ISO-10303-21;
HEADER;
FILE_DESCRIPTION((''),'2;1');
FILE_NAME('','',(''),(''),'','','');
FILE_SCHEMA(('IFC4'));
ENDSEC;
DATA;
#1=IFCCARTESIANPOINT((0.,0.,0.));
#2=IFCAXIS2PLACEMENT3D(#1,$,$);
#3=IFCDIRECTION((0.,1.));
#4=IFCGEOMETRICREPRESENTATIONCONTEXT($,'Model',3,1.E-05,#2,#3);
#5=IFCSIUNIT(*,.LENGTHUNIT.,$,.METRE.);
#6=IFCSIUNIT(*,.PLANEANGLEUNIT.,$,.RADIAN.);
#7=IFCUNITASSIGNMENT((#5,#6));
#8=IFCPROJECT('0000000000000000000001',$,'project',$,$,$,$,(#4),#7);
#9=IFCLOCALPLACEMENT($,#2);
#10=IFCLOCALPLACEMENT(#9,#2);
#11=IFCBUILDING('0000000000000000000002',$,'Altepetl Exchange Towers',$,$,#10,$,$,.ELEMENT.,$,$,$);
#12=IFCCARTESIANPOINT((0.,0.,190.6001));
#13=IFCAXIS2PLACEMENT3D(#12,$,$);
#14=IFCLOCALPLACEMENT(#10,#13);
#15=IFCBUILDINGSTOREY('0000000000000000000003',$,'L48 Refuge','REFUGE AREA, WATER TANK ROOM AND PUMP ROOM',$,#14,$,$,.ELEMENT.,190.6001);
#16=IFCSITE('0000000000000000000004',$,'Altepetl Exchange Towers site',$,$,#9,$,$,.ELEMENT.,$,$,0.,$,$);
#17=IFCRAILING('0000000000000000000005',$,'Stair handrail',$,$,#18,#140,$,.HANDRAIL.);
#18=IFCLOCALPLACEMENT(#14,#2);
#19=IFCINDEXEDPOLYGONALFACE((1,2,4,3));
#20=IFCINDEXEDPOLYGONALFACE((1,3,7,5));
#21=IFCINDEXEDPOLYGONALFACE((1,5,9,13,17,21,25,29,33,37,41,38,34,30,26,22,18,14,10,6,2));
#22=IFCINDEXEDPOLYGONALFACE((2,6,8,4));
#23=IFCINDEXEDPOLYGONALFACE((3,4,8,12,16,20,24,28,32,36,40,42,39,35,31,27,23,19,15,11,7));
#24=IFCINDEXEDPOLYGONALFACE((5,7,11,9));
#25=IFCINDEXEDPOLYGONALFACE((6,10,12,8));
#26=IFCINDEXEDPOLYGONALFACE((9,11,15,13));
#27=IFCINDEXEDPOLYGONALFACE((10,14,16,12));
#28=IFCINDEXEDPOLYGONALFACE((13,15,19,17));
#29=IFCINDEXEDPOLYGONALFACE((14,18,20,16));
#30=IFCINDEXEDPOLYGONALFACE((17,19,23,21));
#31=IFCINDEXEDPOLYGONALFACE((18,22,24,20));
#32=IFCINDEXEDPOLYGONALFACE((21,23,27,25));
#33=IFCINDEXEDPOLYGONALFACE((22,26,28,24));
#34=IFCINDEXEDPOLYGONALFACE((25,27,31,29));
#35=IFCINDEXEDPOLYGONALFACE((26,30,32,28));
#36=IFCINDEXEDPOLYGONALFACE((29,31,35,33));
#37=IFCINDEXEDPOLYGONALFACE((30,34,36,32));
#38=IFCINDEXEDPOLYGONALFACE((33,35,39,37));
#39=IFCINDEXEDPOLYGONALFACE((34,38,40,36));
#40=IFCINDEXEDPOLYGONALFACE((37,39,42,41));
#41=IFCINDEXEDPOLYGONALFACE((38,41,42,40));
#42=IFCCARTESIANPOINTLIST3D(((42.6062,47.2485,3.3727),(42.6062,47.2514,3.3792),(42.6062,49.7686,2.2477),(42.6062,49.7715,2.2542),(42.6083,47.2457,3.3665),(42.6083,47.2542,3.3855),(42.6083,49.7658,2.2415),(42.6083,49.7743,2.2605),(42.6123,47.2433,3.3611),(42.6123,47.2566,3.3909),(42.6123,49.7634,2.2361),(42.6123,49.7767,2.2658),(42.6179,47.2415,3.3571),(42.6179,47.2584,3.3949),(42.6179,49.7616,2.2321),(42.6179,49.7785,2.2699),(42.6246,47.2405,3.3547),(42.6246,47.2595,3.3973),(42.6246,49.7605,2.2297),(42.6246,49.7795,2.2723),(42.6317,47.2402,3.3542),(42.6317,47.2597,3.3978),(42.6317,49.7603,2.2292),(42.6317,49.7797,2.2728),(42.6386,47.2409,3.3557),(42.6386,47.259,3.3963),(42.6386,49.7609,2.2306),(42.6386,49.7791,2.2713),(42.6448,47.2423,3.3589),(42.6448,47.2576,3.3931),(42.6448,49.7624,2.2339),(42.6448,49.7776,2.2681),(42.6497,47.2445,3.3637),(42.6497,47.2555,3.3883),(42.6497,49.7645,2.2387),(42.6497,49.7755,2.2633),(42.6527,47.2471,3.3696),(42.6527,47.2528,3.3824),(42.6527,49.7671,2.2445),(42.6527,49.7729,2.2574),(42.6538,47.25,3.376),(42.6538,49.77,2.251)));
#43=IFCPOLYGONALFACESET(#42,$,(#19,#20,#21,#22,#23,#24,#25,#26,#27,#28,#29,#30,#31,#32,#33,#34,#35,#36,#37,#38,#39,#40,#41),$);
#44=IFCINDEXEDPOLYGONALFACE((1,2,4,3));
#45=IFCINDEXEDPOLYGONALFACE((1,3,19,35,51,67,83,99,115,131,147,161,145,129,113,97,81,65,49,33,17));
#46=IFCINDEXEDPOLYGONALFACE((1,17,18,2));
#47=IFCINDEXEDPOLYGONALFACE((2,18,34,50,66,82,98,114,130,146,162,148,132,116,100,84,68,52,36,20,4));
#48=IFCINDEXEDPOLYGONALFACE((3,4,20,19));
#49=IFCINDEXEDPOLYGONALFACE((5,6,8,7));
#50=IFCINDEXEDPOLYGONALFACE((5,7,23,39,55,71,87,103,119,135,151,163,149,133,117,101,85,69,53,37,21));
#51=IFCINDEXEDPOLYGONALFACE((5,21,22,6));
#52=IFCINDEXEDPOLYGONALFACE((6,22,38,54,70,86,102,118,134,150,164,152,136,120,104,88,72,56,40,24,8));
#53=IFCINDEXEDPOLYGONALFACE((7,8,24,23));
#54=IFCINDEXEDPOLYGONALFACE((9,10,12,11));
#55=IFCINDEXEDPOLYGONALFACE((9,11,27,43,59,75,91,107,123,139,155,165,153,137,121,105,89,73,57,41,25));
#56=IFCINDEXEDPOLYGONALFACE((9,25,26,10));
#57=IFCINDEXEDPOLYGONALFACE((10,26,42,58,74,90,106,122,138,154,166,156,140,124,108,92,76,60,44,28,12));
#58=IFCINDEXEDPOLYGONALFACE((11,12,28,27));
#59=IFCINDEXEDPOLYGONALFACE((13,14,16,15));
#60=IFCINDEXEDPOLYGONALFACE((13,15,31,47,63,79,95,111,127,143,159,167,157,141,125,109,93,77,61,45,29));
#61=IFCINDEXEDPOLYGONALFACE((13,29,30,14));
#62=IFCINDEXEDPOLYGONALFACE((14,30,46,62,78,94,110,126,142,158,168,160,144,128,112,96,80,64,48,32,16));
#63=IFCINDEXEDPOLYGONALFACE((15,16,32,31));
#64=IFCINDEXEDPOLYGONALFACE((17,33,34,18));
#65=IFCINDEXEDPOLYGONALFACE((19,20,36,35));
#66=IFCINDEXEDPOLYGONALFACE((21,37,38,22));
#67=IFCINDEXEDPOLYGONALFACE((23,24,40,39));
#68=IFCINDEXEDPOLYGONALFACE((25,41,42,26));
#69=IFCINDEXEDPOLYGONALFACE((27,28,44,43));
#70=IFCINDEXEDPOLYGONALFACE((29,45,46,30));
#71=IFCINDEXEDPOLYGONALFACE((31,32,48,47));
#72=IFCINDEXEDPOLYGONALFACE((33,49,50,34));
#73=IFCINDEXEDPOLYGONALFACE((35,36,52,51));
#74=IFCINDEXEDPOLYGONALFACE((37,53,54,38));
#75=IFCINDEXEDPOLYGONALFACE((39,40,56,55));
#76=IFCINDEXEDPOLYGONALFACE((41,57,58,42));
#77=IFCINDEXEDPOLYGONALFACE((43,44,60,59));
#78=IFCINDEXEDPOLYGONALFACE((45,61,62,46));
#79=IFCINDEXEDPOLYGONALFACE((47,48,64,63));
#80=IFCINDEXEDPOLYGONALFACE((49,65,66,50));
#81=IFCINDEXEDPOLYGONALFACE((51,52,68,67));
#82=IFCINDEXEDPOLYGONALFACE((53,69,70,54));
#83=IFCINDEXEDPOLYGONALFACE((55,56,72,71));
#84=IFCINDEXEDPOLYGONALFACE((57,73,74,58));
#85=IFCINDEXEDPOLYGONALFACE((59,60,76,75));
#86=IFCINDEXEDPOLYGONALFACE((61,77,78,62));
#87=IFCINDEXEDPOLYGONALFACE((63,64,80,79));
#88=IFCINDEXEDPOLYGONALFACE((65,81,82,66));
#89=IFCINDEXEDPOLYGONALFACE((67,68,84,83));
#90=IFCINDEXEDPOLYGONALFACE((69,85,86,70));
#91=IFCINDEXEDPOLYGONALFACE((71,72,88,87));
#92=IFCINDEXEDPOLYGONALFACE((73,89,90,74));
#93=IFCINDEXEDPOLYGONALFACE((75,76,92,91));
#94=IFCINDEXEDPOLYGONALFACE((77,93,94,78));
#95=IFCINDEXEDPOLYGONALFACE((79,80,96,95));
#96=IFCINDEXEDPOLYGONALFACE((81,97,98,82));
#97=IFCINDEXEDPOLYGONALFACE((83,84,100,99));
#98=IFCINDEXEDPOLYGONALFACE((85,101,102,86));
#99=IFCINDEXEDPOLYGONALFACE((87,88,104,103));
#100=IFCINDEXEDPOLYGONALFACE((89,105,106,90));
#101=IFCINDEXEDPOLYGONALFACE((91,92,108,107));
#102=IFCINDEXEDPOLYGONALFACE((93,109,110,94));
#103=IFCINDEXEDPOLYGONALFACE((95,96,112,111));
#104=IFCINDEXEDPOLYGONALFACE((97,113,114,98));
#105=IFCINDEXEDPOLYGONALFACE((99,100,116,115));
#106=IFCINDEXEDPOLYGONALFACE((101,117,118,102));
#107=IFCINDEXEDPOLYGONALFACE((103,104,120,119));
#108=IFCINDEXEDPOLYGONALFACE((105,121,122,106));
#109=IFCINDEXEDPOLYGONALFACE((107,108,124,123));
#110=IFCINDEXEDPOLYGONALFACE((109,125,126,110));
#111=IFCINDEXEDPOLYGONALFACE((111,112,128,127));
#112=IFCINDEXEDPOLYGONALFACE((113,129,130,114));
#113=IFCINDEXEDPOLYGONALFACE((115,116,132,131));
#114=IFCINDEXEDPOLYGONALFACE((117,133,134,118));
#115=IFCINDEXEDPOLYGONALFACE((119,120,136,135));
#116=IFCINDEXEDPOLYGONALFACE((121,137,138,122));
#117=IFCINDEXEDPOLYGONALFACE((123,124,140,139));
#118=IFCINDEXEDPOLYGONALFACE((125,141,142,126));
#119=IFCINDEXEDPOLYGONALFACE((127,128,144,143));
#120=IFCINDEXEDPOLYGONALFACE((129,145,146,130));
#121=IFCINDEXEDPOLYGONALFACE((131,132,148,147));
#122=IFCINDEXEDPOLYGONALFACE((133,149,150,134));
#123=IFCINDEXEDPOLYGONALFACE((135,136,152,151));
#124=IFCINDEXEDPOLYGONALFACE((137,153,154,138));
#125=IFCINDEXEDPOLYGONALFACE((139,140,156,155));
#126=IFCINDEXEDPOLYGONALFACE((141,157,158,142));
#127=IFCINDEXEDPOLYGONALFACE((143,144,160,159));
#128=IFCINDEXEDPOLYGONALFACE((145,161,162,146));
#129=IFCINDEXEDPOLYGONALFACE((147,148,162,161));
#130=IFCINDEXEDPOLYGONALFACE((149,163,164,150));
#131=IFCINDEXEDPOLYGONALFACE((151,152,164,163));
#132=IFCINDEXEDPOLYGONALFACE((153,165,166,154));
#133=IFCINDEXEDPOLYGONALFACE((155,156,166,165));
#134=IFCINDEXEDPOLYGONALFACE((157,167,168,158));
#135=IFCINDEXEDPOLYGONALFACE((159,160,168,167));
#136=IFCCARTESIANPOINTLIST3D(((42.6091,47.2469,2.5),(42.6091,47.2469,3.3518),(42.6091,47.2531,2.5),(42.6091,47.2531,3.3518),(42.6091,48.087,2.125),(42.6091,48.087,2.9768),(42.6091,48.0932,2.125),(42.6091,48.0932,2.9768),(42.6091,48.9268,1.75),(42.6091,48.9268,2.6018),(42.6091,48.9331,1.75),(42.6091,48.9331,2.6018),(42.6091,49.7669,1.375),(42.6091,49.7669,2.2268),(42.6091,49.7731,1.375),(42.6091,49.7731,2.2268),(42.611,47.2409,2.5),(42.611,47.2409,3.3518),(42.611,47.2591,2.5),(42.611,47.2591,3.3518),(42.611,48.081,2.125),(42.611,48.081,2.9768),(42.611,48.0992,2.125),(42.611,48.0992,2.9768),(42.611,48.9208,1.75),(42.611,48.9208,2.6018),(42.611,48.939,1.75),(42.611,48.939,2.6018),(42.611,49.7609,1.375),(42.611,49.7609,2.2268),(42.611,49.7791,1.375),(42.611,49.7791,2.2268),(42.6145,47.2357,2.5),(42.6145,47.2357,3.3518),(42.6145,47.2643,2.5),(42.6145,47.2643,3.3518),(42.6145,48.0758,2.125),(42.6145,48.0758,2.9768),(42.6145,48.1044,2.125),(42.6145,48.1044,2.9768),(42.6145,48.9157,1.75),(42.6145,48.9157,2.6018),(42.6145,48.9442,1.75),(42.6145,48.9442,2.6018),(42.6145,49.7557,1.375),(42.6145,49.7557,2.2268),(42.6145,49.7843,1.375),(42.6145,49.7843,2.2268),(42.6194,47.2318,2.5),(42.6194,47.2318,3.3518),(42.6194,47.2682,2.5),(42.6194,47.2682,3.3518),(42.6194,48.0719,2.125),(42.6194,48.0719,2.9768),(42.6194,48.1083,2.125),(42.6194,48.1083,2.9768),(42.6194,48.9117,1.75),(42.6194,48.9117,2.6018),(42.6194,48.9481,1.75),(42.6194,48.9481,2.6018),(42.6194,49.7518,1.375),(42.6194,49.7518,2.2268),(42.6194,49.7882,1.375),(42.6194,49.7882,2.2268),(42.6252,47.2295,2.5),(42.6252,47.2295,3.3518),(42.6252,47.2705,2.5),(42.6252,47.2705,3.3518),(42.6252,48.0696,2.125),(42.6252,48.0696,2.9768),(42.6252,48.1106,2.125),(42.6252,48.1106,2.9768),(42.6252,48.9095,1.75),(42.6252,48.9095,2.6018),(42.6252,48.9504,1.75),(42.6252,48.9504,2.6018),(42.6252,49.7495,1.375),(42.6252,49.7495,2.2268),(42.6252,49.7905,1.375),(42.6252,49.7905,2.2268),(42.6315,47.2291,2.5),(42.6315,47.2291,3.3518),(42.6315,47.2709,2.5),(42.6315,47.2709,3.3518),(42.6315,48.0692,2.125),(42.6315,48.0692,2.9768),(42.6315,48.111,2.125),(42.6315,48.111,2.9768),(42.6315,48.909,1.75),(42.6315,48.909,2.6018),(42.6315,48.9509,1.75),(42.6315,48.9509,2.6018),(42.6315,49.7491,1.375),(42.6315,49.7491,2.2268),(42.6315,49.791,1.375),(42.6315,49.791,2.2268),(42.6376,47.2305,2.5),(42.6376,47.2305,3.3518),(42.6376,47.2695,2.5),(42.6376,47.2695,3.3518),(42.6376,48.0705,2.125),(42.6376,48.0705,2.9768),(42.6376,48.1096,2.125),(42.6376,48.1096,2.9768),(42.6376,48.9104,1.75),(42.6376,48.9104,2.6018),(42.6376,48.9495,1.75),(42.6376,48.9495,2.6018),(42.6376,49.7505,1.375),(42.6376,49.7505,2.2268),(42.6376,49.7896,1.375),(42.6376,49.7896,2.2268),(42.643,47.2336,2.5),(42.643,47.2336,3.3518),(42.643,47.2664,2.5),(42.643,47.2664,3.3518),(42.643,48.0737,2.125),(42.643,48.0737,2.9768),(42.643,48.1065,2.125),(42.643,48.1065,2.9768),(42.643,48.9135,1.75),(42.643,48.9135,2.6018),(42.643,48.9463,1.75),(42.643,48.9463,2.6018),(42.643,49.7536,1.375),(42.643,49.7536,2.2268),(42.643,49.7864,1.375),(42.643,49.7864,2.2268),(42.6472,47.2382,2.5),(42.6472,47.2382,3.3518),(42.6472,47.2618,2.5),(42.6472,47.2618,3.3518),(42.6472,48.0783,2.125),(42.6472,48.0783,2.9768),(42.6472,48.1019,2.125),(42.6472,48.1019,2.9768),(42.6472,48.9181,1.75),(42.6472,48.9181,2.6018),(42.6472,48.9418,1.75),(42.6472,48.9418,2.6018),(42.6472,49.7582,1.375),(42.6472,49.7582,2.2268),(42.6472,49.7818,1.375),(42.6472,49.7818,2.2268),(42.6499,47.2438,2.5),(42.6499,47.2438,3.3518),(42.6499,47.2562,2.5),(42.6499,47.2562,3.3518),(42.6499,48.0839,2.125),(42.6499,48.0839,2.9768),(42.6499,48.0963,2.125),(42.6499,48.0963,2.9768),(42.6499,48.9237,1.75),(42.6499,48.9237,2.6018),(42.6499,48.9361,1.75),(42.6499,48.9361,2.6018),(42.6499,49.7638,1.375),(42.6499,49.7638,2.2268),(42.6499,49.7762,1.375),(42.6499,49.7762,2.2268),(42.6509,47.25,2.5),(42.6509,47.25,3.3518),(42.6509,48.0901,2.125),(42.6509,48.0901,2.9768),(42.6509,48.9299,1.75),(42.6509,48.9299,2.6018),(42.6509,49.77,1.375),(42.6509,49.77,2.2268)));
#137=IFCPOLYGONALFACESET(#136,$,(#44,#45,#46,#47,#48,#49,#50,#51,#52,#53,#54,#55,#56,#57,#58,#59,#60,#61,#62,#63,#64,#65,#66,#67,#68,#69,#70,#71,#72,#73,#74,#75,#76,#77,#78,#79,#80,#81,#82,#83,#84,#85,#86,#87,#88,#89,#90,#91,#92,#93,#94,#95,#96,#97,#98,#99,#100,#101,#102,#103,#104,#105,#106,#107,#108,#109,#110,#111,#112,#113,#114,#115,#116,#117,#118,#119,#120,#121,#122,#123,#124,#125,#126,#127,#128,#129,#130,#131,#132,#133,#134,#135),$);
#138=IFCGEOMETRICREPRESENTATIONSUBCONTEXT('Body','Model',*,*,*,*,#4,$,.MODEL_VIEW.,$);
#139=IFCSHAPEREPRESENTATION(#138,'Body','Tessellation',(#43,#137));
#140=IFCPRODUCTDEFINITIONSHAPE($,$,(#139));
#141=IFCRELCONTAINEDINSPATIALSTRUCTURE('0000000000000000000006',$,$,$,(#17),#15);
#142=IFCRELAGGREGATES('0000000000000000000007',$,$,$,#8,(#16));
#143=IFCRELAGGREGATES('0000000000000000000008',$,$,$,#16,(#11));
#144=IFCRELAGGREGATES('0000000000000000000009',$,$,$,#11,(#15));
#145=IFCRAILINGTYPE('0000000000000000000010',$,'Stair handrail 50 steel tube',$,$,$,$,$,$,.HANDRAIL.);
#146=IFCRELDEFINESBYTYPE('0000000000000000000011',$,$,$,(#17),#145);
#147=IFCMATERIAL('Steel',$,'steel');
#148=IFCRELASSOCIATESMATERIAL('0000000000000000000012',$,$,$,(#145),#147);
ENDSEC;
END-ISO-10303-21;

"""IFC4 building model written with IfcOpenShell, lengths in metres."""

from ifc_helpers import new_model, si_unit, direction, frame, origin, origin_2d, place, context, subcontext, project, spatial, circle, extrude, source, transform, mapped, material, type_object, element, save


model = new_model("IFC4")

# Units and contexts
model_context = context("Model", 3, precision=1e-05, world=origin(), true_north=direction((0.0, 1.0)))
body_context = subcontext(model_context, "Body", "Model", "MODEL_VIEW")
ifc_project = project(units=[si_unit("LENGTHUNIT", "METRE"), si_unit("PLANEANGLEUNIT", "RADIAN")], contexts=[model_context])

# Site, building, storey
site_placement = place(None, origin())
site = spatial("IfcSite", under=ifc_project, at=site_placement, Name="Altepetl Exchange Towers site", CompositionType="ELEMENT", RefElevation=0.0)
building_placement = place(site_placement, origin())
building = spatial("IfcBuilding", under=site, at=building_placement, Name="Altepetl Exchange Towers", CompositionType="ELEMENT")
storey_placement = place(building_placement, frame((0.0, 0.0, 190.6001)))
storey = spatial("IfcBuildingStorey", under=building, at=storey_placement, Name="L48 Refuge", Description="REFUGE AREA, WATER TANK ROOM AND PUMP ROOM", CompositionType="ELEMENT", Elevation=190.6001)

# Railing
ifc_material_1 = material(Name="Steel", Category="steel")
railing_type = type_object("IfcRailingType", Name="Stair handrail 50 steel tube", PredefinedType="HANDRAIL", material=ifc_material_1)
shared_shape = source(origin(), body_context, "Body", "SweptSolid", [
    extrude(circle(Radius=0.021, at=origin_2d()), origin(), (0.0, 0.0, 1.0), 0.8518),
])
railing_placement = place(storey_placement, frame((42.6299, 49.77, 1.375)))
element("IfcRailing", 1, at=railing_placement, inside=storey, type_object=railing_type, Name="Stair handrail", PredefinedType="HANDRAIL", context=body_context, shape_type="SweptSolid", body=[
    extrude(circle(Radius=0.0239, at=origin_2d()), frame((0.0, 0.0, 0.876), z_axis=(0.0, -0.913139, 0.407648), x_axis=(1.0, 0.0, 0.0)), (0.0, 0.0, 1.0), 2.7598),
    mapped(shared_shape, transform((0.0, 0.0, 0.0))),
    mapped(shared_shape, transform((0.0, -0.8401, 0.375))),
    mapped(shared_shape, transform((0.0, -1.6799, 0.75))),
    mapped(shared_shape, transform((0.0, -2.52, 1.125))),
])

save(model, "model.ifc")
